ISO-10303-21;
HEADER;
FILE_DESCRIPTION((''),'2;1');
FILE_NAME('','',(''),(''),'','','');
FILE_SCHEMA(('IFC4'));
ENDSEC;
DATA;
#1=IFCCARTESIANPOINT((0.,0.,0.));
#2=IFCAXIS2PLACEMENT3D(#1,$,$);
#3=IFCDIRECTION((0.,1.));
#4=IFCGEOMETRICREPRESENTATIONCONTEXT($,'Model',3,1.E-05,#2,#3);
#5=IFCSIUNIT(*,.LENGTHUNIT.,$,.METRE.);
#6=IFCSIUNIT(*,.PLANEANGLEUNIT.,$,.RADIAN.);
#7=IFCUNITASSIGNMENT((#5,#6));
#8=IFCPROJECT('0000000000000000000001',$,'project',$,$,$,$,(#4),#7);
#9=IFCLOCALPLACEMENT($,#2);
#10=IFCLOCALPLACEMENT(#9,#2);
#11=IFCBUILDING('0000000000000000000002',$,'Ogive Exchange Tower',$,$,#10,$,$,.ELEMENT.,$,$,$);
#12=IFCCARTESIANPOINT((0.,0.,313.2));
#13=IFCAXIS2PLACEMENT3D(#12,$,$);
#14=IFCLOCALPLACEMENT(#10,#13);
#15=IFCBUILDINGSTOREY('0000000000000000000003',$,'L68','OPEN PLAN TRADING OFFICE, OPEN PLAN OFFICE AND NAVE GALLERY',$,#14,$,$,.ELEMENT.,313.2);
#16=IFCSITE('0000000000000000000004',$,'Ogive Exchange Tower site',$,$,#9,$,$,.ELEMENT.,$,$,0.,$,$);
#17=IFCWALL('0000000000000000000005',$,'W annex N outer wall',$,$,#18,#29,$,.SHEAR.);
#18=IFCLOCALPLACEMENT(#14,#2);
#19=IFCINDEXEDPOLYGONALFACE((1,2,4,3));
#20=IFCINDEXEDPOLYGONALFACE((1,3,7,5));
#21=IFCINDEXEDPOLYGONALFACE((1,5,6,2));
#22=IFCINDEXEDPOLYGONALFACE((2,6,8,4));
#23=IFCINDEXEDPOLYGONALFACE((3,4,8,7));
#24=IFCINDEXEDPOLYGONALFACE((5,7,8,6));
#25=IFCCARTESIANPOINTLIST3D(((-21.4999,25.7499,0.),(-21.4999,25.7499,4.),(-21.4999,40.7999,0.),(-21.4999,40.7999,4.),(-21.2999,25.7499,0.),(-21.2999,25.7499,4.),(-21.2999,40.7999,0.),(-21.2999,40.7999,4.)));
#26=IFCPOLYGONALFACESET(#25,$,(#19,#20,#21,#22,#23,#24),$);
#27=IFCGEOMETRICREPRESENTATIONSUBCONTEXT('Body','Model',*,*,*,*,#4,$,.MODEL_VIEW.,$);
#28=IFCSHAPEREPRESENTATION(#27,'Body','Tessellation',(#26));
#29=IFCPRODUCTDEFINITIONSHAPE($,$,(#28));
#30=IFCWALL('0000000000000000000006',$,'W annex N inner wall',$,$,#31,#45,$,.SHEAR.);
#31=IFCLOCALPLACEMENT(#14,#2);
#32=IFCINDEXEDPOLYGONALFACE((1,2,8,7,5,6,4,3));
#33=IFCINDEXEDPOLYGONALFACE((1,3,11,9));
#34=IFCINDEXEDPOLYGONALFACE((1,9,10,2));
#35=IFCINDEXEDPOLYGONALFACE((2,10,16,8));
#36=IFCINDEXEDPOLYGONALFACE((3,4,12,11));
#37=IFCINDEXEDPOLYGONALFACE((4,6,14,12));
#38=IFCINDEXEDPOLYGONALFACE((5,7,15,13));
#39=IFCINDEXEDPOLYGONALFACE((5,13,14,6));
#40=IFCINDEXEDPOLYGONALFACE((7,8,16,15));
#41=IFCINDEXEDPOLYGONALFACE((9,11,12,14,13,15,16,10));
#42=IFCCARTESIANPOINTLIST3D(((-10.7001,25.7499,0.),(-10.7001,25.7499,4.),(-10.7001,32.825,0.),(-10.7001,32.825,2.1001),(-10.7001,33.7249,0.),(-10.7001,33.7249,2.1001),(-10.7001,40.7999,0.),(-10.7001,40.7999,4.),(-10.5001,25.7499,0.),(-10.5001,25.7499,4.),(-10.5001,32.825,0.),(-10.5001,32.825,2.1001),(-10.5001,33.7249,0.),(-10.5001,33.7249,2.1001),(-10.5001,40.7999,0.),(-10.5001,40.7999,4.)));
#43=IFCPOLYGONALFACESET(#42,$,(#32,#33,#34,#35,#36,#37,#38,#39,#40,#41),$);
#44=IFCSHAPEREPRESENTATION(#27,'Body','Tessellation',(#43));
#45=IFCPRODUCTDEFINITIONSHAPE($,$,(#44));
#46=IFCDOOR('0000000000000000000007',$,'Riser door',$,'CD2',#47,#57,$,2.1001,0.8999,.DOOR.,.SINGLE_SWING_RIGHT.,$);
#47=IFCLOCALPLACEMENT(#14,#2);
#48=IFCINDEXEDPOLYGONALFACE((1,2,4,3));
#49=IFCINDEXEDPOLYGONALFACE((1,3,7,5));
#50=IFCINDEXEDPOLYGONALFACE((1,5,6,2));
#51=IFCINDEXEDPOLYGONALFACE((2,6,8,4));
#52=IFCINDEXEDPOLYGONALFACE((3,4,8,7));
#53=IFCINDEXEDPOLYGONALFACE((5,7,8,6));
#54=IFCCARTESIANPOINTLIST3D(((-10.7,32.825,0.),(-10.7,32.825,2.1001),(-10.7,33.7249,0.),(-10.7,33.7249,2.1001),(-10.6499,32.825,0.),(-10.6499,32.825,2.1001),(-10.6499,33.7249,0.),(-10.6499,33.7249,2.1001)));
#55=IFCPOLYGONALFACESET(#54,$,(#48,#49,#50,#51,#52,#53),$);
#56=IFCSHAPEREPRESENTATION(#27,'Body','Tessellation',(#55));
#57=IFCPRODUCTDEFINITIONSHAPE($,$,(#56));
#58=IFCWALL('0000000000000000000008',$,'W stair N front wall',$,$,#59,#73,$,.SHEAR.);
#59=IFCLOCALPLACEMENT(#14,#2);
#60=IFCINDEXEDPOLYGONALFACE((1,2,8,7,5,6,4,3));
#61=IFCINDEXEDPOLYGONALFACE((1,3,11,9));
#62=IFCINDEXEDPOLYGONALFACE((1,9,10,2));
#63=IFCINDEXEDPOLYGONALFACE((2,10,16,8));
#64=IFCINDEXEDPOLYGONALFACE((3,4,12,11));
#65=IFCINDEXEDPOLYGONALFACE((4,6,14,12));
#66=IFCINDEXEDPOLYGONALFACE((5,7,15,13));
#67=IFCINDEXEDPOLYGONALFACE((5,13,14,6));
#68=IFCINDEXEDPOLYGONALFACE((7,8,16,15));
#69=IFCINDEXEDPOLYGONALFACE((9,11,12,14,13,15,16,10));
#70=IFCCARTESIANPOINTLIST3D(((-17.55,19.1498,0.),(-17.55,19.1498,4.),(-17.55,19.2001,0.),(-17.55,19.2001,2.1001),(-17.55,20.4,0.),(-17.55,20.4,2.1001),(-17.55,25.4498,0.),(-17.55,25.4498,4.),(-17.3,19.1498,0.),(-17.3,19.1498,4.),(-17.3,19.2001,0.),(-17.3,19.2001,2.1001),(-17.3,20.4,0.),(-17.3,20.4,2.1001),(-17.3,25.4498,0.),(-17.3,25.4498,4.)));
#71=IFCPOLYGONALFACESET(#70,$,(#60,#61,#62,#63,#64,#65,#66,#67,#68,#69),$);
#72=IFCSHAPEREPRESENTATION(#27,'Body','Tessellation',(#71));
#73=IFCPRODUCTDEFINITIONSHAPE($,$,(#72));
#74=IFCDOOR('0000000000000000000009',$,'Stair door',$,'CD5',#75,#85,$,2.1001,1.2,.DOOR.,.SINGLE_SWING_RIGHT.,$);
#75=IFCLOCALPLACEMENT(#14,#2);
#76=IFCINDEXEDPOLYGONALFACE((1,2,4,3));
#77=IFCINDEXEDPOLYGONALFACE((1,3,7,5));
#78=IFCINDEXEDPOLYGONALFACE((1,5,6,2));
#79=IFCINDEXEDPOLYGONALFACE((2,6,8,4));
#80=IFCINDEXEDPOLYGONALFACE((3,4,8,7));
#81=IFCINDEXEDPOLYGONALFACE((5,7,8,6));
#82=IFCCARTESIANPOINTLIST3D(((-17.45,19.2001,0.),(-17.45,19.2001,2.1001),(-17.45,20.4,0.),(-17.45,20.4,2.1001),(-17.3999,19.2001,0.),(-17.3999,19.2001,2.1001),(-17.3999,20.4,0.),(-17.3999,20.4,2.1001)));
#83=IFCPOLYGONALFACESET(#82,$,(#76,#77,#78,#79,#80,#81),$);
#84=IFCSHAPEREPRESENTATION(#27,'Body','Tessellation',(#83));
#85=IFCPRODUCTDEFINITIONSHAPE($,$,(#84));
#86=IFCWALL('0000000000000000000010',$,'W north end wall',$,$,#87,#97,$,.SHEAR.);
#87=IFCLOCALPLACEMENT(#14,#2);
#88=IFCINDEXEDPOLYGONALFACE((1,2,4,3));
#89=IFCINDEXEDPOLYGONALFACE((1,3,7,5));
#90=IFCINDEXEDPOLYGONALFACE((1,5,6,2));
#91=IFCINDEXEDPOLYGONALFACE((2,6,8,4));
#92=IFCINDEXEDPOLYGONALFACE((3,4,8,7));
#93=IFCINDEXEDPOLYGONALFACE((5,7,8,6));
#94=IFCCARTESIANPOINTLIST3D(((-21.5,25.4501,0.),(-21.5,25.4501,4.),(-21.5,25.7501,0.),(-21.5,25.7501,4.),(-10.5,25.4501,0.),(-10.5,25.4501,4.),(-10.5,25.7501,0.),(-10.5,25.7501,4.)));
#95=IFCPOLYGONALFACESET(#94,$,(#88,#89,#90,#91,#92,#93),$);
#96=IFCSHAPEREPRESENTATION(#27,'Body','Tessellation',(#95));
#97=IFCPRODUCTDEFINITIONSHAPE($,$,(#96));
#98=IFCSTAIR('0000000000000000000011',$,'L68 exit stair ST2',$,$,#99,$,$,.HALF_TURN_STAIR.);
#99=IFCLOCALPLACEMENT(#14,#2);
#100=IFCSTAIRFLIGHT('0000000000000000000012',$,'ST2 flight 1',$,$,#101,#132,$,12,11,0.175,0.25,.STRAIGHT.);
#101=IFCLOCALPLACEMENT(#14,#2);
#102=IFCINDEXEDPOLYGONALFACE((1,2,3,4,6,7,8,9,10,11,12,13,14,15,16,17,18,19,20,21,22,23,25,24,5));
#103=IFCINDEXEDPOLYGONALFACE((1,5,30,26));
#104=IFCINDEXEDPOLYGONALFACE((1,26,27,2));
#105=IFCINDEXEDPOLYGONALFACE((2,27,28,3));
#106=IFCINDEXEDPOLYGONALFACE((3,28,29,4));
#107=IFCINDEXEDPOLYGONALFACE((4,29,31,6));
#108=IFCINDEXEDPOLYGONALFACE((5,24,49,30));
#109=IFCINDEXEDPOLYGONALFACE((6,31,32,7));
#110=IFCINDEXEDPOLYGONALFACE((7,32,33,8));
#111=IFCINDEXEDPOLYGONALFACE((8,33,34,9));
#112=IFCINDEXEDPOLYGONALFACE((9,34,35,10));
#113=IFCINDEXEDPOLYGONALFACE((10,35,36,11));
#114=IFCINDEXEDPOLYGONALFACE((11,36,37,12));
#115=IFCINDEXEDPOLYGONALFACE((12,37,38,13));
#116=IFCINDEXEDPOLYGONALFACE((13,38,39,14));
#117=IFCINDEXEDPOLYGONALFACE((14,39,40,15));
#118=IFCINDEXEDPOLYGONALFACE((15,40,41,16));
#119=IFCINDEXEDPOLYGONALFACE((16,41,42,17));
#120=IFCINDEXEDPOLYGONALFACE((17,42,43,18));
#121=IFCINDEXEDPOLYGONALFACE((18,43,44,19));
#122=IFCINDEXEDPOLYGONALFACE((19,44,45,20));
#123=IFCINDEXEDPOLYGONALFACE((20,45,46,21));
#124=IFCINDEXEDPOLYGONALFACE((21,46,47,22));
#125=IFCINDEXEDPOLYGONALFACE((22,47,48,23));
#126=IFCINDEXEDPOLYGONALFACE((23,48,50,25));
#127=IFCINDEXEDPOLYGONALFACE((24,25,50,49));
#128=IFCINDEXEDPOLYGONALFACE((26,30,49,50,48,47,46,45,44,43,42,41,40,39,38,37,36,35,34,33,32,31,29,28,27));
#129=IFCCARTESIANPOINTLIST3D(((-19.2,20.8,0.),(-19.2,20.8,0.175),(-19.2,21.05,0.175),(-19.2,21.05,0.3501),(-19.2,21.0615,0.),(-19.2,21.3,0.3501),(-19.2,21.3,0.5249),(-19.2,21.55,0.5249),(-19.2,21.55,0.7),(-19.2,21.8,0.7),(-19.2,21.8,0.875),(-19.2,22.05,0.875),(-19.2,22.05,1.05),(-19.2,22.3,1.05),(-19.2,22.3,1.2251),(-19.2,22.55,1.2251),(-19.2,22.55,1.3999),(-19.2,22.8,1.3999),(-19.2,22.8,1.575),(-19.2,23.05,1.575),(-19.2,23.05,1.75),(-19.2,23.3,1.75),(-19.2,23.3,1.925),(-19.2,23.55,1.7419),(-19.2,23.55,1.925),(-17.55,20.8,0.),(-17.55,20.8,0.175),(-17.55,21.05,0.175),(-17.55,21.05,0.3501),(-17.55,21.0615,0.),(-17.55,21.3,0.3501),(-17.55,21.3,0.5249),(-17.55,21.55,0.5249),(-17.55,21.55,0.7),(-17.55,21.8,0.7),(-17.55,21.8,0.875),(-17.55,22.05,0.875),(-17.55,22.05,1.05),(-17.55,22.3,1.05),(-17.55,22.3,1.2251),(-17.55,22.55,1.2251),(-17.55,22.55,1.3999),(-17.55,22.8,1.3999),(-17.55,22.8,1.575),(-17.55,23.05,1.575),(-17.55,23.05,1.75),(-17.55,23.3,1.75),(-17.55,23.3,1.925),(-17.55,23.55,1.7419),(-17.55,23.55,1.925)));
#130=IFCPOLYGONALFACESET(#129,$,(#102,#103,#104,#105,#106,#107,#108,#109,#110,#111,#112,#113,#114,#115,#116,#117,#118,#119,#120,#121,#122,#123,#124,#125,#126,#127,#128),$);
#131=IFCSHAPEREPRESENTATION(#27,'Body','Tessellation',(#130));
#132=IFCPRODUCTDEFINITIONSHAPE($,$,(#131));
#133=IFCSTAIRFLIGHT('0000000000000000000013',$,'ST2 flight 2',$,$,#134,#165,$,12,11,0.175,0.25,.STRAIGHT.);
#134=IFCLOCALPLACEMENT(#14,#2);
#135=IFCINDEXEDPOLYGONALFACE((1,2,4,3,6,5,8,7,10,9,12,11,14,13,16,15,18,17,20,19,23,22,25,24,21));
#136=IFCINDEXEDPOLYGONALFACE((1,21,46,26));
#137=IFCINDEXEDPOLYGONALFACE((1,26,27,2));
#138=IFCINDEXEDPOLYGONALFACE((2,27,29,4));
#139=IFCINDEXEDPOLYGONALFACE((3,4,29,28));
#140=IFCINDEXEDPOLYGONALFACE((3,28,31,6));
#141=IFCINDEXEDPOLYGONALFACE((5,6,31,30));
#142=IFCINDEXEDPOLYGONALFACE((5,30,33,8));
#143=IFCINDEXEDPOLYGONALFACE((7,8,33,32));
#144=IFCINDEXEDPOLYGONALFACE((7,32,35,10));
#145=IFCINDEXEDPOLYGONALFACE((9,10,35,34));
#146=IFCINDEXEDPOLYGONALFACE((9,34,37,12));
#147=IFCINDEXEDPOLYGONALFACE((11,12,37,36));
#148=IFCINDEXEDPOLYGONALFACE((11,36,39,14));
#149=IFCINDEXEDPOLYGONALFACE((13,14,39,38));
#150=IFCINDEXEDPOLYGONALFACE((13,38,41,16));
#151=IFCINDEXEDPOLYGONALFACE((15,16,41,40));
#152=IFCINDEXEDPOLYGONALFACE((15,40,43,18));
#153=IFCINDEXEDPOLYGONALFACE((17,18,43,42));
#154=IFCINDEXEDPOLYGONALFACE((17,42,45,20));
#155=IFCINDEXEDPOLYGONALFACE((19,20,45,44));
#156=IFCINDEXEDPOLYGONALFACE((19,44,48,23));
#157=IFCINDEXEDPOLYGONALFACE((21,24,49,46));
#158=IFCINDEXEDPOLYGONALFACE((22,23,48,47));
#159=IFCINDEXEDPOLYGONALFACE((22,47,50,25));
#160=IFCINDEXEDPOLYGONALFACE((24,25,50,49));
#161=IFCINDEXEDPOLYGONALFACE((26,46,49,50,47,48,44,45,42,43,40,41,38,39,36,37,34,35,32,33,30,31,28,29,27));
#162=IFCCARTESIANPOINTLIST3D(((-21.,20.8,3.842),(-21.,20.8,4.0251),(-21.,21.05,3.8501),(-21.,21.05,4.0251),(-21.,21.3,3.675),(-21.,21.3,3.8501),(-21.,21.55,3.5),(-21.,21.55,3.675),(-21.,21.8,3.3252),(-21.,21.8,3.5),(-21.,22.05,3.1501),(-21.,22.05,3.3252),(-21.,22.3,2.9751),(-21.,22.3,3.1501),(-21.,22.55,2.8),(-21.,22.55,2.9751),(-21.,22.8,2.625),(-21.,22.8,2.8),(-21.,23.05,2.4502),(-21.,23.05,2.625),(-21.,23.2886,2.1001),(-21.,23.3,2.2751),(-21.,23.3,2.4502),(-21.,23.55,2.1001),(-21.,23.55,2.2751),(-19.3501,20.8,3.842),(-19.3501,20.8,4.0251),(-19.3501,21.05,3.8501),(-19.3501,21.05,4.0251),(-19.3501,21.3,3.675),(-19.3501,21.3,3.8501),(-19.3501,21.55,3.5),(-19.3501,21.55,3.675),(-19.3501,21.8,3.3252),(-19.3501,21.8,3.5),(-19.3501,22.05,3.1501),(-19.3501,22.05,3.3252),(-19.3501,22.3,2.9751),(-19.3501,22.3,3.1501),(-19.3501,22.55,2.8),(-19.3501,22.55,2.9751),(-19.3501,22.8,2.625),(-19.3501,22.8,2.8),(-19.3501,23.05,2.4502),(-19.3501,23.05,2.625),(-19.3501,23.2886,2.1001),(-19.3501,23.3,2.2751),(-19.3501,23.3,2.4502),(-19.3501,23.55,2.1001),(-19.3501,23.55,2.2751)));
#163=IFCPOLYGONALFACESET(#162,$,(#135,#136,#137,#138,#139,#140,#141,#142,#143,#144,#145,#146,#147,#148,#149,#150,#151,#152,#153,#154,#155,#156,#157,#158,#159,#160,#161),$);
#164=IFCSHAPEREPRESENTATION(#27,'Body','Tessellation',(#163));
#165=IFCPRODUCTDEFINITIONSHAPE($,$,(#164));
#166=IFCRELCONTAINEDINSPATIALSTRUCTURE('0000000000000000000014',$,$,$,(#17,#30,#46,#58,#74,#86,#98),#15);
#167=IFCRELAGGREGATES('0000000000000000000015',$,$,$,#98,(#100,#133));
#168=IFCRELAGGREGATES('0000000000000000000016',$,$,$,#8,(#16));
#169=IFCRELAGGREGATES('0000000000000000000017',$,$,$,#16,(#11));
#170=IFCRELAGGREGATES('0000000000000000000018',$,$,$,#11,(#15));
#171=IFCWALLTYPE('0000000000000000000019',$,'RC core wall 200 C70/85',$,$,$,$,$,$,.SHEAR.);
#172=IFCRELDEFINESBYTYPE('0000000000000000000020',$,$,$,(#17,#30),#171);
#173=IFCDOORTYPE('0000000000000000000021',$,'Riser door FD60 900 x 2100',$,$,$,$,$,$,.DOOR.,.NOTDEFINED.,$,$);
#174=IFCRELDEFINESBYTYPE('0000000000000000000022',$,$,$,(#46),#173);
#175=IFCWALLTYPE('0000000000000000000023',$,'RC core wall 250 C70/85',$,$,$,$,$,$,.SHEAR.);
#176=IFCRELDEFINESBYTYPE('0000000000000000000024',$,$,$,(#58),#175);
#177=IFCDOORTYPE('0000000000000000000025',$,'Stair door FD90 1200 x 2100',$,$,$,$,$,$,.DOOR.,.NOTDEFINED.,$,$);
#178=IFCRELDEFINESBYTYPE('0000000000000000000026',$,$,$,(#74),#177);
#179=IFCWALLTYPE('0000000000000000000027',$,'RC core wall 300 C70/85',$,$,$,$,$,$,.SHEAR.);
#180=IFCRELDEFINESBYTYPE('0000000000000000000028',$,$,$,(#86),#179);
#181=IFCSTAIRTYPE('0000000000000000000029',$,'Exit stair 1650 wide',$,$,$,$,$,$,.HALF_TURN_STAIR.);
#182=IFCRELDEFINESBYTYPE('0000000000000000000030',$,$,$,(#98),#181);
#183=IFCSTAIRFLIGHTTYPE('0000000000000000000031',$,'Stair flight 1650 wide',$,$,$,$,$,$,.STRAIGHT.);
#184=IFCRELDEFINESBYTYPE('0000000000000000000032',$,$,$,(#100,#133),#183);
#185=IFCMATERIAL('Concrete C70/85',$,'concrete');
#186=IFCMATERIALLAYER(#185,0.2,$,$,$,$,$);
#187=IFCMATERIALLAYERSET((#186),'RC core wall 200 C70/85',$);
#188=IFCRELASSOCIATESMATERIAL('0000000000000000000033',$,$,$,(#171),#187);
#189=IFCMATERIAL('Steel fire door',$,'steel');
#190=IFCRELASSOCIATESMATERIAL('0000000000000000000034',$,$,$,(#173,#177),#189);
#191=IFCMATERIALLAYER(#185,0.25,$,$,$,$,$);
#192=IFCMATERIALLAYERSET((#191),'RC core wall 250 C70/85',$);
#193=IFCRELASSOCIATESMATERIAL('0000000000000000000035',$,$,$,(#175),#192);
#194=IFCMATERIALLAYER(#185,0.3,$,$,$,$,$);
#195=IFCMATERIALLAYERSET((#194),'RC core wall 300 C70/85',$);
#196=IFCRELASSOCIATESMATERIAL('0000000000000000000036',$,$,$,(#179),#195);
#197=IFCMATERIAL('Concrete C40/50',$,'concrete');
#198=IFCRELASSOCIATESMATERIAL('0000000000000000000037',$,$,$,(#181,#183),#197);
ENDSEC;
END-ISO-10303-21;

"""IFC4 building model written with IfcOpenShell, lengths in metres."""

from ifc_helpers import new_model, si_unit, direction, frame, frame_2d, origin, place, context, subcontext, project, spatial, polyline, rectangle, outline, extrude, material, layer, layer_set, type_object, element, fill, aggregate, save


model = new_model("IFC4")

# Units and contexts
model_context = context("Model", 3, precision=1e-05, world=origin(), true_north=direction((0.0, 1.0)))
body_context = subcontext(model_context, "Body", "Model", "MODEL_VIEW")
ifc_project = project(units=[si_unit("LENGTHUNIT", "METRE"), si_unit("PLANEANGLEUNIT", "RADIAN")], contexts=[model_context])

# Site, building, storey
site_placement = place(None, origin())
site = spatial("IfcSite", under=ifc_project, at=site_placement, Name="Ogive Exchange Tower site", CompositionType="ELEMENT", RefElevation=0.0)
building_placement = place(site_placement, origin())
building = spatial("IfcBuilding", under=site, at=building_placement, Name="Ogive Exchange Tower", CompositionType="ELEMENT")
storey_placement = place(building_placement, frame((0.0, 0.0, 313.2)))
storey = spatial("IfcBuildingStorey", under=building, at=storey_placement, Name="L68", Description="OPEN PLAN TRADING OFFICE, OPEN PLAN OFFICE AND NAVE GALLERY", CompositionType="ELEMENT", Elevation=313.2)

# Wall
ifc_material_1 = material(Name="Concrete C70/85", Category="concrete")
ifc_layer_1 = layer(ifc_material_1, 0.2)
ifc_layer_set_1 = layer_set([ifc_layer_1], Name="RC core wall 200 C70/85")
wall_type_1 = type_object("IfcWallType", Name="RC core wall 200 C70/85", PredefinedType="SHEAR", material=ifc_layer_set_1)
wall_1_placement = place(storey_placement, frame((-21.3999, 25.75, 0.0), z_axis=(0.0, 0.0, 1.0), x_axis=(0.0, 1.0, 0.0)))
element("IfcWall", 1, at=wall_1_placement, inside=storey, type_object=wall_type_1, Name="W annex N outer wall", PredefinedType="SHEAR", context=body_context, shape_type="SweptSolid", body=[
    extrude(rectangle(XDim=15.05, YDim=0.2, at=frame_2d((7.5249, 0.0))), origin(), (0.0, 0.0, 1.0), 4.0),
])

# Walls, openings, doors
wall_2_placement = place(storey_placement, frame((-10.6001, 25.75, 0.0), z_axis=(0.0, 0.0, 1.0), x_axis=(0.0, 1.0, 0.0)))
wall_2 = element("IfcWall", 2, at=wall_2_placement, inside=storey, type_object=wall_type_1, Name="W annex N inner wall", PredefinedType="SHEAR", context=body_context, shape_type="SweptSolid", body=[
    extrude(rectangle(XDim=15.05, YDim=0.2, at=frame_2d((7.5249, 0.0))), origin(), (0.0, 0.0, 1.0), 4.0),
])
opening_1_placement = place(wall_2_placement, frame((7.075, 0.0, 0.0)))
opening_1 = element("IfcOpeningElement", 3, at=opening_1_placement, cuts=wall_2, PredefinedType="OPENING", context=body_context, shape_type="SweptSolid", body=[
    extrude(rectangle(XDim=0.8999, YDim=2.1001, at=frame_2d((0.45, 1.05))), frame((0.0, 0.1099, 0.0), z_axis=(0.0, -1.0, 0.0), x_axis=(1.0, 0.0, 0.0)), (0.0, 0.0, 1.0), 0.22),
])
ifc_material_2 = material(Name="Steel fire door", Category="steel")
door_type_1 = type_object("IfcDoorType", Name="Riser door FD60 900 x 2100", OperationType="NOTDEFINED", PredefinedType="DOOR", material=ifc_material_2)
door_1_placement = place(opening_1_placement, frame((0.8999, 0.1499, 0.0), z_axis=(0.0, 0.0, 1.0), x_axis=(-1.0, 0.0, 0.0)))
door_1 = element("IfcDoor", 4, at=door_1_placement, inside=storey, type_object=door_type_1, Name="Riser door", ObjectType="CD2", OperationType="SINGLE_SWING_RIGHT", OverallHeight=2.1001, OverallWidth=0.8999, PredefinedType="DOOR", context=body_context, shape_type="SweptSolid", body=[
    extrude(rectangle(XDim=0.8999, YDim=2.1001, at=frame_2d((0.45, 1.05))), frame((0.0, 0.1001, 0.0), z_axis=(0.0, -1.0, 0.0), x_axis=(1.0, 0.0, 0.0)), (0.0, 0.0, 1.0), 0.05),
])
fill(opening_1, door_1)
ifc_layer_2 = layer(ifc_material_1, 0.25)
ifc_layer_set_2 = layer_set([ifc_layer_2], Name="RC core wall 250 C70/85")
wall_type_2 = type_object("IfcWallType", Name="RC core wall 250 C70/85", PredefinedType="SHEAR", material=ifc_layer_set_2)
wall_3_placement = place(storey_placement, frame((-17.425, 19.1499, 0.0), z_axis=(0.0, 0.0, 1.0), x_axis=(0.0, 1.0, 0.0)))
wall_3 = element("IfcWall", 5, at=wall_3_placement, inside=storey, type_object=wall_type_2, Name="W stair N front wall", PredefinedType="SHEAR", context=body_context, shape_type="SweptSolid", body=[
    extrude(rectangle(XDim=6.3, YDim=0.25, at=frame_2d((3.1499, 0.0))), origin(), (0.0, 0.0, 1.0), 4.0),
])
opening_2_placement = place(wall_3_placement, frame((0.05, 0.0, 0.0)))
opening_2 = element("IfcOpeningElement", 6, at=opening_2_placement, cuts=wall_3, PredefinedType="OPENING", context=body_context, shape_type="SweptSolid", body=[
    extrude(rectangle(XDim=1.2, YDim=2.1001, at=frame_2d((0.6001, 1.05))), frame((0.0, 0.135, 0.0), z_axis=(0.0, -1.0, 0.0), x_axis=(1.0, 0.0, 0.0)), (0.0, 0.0, 1.0), 0.27),
])
door_type_2 = type_object("IfcDoorType", Name="Stair door FD90 1200 x 2100", OperationType="NOTDEFINED", PredefinedType="DOOR", material=ifc_material_2)
door_2_placement = place(opening_2_placement, origin())
door_2 = element("IfcDoor", 7, at=door_2_placement, inside=storey, type_object=door_type_2, Name="Stair door", ObjectType="CD5", OperationType="SINGLE_SWING_RIGHT", OverallHeight=2.1001, OverallWidth=1.2, PredefinedType="DOOR", context=body_context, shape_type="SweptSolid", body=[
    extrude(rectangle(XDim=1.2, YDim=2.1001, at=frame_2d((0.6001, 1.05))), frame((0.0, 0.0249, 0.0), z_axis=(0.0, -1.0, 0.0), x_axis=(1.0, 0.0, 0.0)), (0.0, 0.0, 1.0), 0.05),
])
fill(opening_2, door_2)

# Wall
ifc_layer_3 = layer(ifc_material_1, 0.3)
ifc_layer_set_3 = layer_set([ifc_layer_3], Name="RC core wall 300 C70/85")
wall_type_3 = type_object("IfcWallType", Name="RC core wall 300 C70/85", PredefinedType="SHEAR", material=ifc_layer_set_3)
wall_4_placement = place(storey_placement, frame((-21.5, 25.6001, 0.0), z_axis=(0.0, 0.0, 1.0), x_axis=(1.0, 0.0, 0.0)))
element("IfcWall", 8, at=wall_4_placement, inside=storey, type_object=wall_type_3, Name="W north end wall", PredefinedType="SHEAR", context=body_context, shape_type="SweptSolid", body=[
    extrude(rectangle(XDim=11.0, YDim=0.3, at=frame_2d((5.5, 0.0))), origin(), (0.0, 0.0, 1.0), 4.0),
])

# Stair, stair flights
ifc_material_3 = material(Name="Concrete C40/50", Category="concrete")
stair_type = type_object("IfcStairType", Name="Exit stair 1650 wide", PredefinedType="HALF_TURN_STAIR", material=ifc_material_3)
stair_placement = place(storey_placement, origin())
stair = element("IfcStair", 9, at=stair_placement, inside=storey, type_object=stair_type, Name="L68 exit stair ST2", PredefinedType="HALF_TURN_STAIR")
stair_flight_type = type_object("IfcStairFlightType", Name="Stair flight 1650 wide", PredefinedType="STRAIGHT", material=ifc_material_3)
stair_flight_1_placement = place(storey_placement, frame((-18.375, 20.8, 0.0), z_axis=(0.0, 0.0, 1.0), x_axis=(0.0, 1.0, 0.0)))
stair_flight_1 = element("IfcStairFlight", 10, at=stair_flight_1_placement, type_object=stair_flight_type, Name="ST2 flight 1", NumberOfRisers=12, NumberOfTreads=11, PredefinedType="STRAIGHT", RiserHeight=0.175, TreadLength=0.25, context=body_context, shape_type="SweptSolid", body=[
    extrude(outline(polyline([(0.0, 0.0), (0.0, 0.175), (0.25, 0.175), (0.25, 0.3501), (0.5, 0.3501), (0.5, 0.5249), (0.75, 0.5249), (0.75, 0.7), (1.0, 0.7), (1.0, 0.875), (1.25, 0.875), (1.25, 1.05), (1.5, 1.05), (1.5, 1.2251), (1.75, 1.2251), (1.75, 1.3999), (2.0, 1.3999), (2.0, 1.575), (2.25, 1.575), (2.25, 1.75), (2.5, 1.75), (2.5, 1.925), (2.75, 1.925), (2.75, 2.1001), (2.75, 1.7419), (0.2615, 0.0), (0.0, 0.0)])), frame((0.0, 0.825, 0.0), z_axis=(0.0, -1.0, 0.0), x_axis=(1.0, 0.0, 0.0)), (0.0, 0.0, 1.0), 1.6499),
])
stair_flight_2_placement = place(storey_placement, frame((-20.175, 23.55, 2.1001), z_axis=(0.0, 0.0, 1.0), x_axis=(0.0, -1.0, 0.0)))
stair_flight_2 = element("IfcStairFlight", 11, at=stair_flight_2_placement, type_object=stair_flight_type, Name="ST2 flight 2", NumberOfRisers=12, NumberOfTreads=11, PredefinedType="STRAIGHT", RiserHeight=0.175, TreadLength=0.25, context=body_context, shape_type="SweptSolid", body=[
    extrude(outline(polyline([(0.0, 0.0), (0.0, 0.175), (0.25, 0.175), (0.25, 0.3501), (0.5, 0.3501), (0.5, 0.5249), (0.75, 0.5249), (0.75, 0.7), (1.0, 0.7), (1.0, 0.875), (1.25, 0.875), (1.25, 1.05), (1.5, 1.05), (1.5, 1.2251), (1.75, 1.2251), (1.75, 1.3999), (2.0, 1.3999), (2.0, 1.575), (2.25, 1.575), (2.25, 1.75), (2.5, 1.75), (2.5, 1.925), (2.75, 1.925), (2.75, 2.1001), (2.75, 1.7419), (0.2615, 0.0), (0.0, 0.0)])), frame((0.0, 0.825, 0.0), z_axis=(0.0, -1.0, 0.0), x_axis=(1.0, 0.0, 0.0)), (0.0, 0.0, 1.0), 1.6499),
])
aggregate(stair, [stair_flight_1, stair_flight_2])

save(model, "model.ifc")
